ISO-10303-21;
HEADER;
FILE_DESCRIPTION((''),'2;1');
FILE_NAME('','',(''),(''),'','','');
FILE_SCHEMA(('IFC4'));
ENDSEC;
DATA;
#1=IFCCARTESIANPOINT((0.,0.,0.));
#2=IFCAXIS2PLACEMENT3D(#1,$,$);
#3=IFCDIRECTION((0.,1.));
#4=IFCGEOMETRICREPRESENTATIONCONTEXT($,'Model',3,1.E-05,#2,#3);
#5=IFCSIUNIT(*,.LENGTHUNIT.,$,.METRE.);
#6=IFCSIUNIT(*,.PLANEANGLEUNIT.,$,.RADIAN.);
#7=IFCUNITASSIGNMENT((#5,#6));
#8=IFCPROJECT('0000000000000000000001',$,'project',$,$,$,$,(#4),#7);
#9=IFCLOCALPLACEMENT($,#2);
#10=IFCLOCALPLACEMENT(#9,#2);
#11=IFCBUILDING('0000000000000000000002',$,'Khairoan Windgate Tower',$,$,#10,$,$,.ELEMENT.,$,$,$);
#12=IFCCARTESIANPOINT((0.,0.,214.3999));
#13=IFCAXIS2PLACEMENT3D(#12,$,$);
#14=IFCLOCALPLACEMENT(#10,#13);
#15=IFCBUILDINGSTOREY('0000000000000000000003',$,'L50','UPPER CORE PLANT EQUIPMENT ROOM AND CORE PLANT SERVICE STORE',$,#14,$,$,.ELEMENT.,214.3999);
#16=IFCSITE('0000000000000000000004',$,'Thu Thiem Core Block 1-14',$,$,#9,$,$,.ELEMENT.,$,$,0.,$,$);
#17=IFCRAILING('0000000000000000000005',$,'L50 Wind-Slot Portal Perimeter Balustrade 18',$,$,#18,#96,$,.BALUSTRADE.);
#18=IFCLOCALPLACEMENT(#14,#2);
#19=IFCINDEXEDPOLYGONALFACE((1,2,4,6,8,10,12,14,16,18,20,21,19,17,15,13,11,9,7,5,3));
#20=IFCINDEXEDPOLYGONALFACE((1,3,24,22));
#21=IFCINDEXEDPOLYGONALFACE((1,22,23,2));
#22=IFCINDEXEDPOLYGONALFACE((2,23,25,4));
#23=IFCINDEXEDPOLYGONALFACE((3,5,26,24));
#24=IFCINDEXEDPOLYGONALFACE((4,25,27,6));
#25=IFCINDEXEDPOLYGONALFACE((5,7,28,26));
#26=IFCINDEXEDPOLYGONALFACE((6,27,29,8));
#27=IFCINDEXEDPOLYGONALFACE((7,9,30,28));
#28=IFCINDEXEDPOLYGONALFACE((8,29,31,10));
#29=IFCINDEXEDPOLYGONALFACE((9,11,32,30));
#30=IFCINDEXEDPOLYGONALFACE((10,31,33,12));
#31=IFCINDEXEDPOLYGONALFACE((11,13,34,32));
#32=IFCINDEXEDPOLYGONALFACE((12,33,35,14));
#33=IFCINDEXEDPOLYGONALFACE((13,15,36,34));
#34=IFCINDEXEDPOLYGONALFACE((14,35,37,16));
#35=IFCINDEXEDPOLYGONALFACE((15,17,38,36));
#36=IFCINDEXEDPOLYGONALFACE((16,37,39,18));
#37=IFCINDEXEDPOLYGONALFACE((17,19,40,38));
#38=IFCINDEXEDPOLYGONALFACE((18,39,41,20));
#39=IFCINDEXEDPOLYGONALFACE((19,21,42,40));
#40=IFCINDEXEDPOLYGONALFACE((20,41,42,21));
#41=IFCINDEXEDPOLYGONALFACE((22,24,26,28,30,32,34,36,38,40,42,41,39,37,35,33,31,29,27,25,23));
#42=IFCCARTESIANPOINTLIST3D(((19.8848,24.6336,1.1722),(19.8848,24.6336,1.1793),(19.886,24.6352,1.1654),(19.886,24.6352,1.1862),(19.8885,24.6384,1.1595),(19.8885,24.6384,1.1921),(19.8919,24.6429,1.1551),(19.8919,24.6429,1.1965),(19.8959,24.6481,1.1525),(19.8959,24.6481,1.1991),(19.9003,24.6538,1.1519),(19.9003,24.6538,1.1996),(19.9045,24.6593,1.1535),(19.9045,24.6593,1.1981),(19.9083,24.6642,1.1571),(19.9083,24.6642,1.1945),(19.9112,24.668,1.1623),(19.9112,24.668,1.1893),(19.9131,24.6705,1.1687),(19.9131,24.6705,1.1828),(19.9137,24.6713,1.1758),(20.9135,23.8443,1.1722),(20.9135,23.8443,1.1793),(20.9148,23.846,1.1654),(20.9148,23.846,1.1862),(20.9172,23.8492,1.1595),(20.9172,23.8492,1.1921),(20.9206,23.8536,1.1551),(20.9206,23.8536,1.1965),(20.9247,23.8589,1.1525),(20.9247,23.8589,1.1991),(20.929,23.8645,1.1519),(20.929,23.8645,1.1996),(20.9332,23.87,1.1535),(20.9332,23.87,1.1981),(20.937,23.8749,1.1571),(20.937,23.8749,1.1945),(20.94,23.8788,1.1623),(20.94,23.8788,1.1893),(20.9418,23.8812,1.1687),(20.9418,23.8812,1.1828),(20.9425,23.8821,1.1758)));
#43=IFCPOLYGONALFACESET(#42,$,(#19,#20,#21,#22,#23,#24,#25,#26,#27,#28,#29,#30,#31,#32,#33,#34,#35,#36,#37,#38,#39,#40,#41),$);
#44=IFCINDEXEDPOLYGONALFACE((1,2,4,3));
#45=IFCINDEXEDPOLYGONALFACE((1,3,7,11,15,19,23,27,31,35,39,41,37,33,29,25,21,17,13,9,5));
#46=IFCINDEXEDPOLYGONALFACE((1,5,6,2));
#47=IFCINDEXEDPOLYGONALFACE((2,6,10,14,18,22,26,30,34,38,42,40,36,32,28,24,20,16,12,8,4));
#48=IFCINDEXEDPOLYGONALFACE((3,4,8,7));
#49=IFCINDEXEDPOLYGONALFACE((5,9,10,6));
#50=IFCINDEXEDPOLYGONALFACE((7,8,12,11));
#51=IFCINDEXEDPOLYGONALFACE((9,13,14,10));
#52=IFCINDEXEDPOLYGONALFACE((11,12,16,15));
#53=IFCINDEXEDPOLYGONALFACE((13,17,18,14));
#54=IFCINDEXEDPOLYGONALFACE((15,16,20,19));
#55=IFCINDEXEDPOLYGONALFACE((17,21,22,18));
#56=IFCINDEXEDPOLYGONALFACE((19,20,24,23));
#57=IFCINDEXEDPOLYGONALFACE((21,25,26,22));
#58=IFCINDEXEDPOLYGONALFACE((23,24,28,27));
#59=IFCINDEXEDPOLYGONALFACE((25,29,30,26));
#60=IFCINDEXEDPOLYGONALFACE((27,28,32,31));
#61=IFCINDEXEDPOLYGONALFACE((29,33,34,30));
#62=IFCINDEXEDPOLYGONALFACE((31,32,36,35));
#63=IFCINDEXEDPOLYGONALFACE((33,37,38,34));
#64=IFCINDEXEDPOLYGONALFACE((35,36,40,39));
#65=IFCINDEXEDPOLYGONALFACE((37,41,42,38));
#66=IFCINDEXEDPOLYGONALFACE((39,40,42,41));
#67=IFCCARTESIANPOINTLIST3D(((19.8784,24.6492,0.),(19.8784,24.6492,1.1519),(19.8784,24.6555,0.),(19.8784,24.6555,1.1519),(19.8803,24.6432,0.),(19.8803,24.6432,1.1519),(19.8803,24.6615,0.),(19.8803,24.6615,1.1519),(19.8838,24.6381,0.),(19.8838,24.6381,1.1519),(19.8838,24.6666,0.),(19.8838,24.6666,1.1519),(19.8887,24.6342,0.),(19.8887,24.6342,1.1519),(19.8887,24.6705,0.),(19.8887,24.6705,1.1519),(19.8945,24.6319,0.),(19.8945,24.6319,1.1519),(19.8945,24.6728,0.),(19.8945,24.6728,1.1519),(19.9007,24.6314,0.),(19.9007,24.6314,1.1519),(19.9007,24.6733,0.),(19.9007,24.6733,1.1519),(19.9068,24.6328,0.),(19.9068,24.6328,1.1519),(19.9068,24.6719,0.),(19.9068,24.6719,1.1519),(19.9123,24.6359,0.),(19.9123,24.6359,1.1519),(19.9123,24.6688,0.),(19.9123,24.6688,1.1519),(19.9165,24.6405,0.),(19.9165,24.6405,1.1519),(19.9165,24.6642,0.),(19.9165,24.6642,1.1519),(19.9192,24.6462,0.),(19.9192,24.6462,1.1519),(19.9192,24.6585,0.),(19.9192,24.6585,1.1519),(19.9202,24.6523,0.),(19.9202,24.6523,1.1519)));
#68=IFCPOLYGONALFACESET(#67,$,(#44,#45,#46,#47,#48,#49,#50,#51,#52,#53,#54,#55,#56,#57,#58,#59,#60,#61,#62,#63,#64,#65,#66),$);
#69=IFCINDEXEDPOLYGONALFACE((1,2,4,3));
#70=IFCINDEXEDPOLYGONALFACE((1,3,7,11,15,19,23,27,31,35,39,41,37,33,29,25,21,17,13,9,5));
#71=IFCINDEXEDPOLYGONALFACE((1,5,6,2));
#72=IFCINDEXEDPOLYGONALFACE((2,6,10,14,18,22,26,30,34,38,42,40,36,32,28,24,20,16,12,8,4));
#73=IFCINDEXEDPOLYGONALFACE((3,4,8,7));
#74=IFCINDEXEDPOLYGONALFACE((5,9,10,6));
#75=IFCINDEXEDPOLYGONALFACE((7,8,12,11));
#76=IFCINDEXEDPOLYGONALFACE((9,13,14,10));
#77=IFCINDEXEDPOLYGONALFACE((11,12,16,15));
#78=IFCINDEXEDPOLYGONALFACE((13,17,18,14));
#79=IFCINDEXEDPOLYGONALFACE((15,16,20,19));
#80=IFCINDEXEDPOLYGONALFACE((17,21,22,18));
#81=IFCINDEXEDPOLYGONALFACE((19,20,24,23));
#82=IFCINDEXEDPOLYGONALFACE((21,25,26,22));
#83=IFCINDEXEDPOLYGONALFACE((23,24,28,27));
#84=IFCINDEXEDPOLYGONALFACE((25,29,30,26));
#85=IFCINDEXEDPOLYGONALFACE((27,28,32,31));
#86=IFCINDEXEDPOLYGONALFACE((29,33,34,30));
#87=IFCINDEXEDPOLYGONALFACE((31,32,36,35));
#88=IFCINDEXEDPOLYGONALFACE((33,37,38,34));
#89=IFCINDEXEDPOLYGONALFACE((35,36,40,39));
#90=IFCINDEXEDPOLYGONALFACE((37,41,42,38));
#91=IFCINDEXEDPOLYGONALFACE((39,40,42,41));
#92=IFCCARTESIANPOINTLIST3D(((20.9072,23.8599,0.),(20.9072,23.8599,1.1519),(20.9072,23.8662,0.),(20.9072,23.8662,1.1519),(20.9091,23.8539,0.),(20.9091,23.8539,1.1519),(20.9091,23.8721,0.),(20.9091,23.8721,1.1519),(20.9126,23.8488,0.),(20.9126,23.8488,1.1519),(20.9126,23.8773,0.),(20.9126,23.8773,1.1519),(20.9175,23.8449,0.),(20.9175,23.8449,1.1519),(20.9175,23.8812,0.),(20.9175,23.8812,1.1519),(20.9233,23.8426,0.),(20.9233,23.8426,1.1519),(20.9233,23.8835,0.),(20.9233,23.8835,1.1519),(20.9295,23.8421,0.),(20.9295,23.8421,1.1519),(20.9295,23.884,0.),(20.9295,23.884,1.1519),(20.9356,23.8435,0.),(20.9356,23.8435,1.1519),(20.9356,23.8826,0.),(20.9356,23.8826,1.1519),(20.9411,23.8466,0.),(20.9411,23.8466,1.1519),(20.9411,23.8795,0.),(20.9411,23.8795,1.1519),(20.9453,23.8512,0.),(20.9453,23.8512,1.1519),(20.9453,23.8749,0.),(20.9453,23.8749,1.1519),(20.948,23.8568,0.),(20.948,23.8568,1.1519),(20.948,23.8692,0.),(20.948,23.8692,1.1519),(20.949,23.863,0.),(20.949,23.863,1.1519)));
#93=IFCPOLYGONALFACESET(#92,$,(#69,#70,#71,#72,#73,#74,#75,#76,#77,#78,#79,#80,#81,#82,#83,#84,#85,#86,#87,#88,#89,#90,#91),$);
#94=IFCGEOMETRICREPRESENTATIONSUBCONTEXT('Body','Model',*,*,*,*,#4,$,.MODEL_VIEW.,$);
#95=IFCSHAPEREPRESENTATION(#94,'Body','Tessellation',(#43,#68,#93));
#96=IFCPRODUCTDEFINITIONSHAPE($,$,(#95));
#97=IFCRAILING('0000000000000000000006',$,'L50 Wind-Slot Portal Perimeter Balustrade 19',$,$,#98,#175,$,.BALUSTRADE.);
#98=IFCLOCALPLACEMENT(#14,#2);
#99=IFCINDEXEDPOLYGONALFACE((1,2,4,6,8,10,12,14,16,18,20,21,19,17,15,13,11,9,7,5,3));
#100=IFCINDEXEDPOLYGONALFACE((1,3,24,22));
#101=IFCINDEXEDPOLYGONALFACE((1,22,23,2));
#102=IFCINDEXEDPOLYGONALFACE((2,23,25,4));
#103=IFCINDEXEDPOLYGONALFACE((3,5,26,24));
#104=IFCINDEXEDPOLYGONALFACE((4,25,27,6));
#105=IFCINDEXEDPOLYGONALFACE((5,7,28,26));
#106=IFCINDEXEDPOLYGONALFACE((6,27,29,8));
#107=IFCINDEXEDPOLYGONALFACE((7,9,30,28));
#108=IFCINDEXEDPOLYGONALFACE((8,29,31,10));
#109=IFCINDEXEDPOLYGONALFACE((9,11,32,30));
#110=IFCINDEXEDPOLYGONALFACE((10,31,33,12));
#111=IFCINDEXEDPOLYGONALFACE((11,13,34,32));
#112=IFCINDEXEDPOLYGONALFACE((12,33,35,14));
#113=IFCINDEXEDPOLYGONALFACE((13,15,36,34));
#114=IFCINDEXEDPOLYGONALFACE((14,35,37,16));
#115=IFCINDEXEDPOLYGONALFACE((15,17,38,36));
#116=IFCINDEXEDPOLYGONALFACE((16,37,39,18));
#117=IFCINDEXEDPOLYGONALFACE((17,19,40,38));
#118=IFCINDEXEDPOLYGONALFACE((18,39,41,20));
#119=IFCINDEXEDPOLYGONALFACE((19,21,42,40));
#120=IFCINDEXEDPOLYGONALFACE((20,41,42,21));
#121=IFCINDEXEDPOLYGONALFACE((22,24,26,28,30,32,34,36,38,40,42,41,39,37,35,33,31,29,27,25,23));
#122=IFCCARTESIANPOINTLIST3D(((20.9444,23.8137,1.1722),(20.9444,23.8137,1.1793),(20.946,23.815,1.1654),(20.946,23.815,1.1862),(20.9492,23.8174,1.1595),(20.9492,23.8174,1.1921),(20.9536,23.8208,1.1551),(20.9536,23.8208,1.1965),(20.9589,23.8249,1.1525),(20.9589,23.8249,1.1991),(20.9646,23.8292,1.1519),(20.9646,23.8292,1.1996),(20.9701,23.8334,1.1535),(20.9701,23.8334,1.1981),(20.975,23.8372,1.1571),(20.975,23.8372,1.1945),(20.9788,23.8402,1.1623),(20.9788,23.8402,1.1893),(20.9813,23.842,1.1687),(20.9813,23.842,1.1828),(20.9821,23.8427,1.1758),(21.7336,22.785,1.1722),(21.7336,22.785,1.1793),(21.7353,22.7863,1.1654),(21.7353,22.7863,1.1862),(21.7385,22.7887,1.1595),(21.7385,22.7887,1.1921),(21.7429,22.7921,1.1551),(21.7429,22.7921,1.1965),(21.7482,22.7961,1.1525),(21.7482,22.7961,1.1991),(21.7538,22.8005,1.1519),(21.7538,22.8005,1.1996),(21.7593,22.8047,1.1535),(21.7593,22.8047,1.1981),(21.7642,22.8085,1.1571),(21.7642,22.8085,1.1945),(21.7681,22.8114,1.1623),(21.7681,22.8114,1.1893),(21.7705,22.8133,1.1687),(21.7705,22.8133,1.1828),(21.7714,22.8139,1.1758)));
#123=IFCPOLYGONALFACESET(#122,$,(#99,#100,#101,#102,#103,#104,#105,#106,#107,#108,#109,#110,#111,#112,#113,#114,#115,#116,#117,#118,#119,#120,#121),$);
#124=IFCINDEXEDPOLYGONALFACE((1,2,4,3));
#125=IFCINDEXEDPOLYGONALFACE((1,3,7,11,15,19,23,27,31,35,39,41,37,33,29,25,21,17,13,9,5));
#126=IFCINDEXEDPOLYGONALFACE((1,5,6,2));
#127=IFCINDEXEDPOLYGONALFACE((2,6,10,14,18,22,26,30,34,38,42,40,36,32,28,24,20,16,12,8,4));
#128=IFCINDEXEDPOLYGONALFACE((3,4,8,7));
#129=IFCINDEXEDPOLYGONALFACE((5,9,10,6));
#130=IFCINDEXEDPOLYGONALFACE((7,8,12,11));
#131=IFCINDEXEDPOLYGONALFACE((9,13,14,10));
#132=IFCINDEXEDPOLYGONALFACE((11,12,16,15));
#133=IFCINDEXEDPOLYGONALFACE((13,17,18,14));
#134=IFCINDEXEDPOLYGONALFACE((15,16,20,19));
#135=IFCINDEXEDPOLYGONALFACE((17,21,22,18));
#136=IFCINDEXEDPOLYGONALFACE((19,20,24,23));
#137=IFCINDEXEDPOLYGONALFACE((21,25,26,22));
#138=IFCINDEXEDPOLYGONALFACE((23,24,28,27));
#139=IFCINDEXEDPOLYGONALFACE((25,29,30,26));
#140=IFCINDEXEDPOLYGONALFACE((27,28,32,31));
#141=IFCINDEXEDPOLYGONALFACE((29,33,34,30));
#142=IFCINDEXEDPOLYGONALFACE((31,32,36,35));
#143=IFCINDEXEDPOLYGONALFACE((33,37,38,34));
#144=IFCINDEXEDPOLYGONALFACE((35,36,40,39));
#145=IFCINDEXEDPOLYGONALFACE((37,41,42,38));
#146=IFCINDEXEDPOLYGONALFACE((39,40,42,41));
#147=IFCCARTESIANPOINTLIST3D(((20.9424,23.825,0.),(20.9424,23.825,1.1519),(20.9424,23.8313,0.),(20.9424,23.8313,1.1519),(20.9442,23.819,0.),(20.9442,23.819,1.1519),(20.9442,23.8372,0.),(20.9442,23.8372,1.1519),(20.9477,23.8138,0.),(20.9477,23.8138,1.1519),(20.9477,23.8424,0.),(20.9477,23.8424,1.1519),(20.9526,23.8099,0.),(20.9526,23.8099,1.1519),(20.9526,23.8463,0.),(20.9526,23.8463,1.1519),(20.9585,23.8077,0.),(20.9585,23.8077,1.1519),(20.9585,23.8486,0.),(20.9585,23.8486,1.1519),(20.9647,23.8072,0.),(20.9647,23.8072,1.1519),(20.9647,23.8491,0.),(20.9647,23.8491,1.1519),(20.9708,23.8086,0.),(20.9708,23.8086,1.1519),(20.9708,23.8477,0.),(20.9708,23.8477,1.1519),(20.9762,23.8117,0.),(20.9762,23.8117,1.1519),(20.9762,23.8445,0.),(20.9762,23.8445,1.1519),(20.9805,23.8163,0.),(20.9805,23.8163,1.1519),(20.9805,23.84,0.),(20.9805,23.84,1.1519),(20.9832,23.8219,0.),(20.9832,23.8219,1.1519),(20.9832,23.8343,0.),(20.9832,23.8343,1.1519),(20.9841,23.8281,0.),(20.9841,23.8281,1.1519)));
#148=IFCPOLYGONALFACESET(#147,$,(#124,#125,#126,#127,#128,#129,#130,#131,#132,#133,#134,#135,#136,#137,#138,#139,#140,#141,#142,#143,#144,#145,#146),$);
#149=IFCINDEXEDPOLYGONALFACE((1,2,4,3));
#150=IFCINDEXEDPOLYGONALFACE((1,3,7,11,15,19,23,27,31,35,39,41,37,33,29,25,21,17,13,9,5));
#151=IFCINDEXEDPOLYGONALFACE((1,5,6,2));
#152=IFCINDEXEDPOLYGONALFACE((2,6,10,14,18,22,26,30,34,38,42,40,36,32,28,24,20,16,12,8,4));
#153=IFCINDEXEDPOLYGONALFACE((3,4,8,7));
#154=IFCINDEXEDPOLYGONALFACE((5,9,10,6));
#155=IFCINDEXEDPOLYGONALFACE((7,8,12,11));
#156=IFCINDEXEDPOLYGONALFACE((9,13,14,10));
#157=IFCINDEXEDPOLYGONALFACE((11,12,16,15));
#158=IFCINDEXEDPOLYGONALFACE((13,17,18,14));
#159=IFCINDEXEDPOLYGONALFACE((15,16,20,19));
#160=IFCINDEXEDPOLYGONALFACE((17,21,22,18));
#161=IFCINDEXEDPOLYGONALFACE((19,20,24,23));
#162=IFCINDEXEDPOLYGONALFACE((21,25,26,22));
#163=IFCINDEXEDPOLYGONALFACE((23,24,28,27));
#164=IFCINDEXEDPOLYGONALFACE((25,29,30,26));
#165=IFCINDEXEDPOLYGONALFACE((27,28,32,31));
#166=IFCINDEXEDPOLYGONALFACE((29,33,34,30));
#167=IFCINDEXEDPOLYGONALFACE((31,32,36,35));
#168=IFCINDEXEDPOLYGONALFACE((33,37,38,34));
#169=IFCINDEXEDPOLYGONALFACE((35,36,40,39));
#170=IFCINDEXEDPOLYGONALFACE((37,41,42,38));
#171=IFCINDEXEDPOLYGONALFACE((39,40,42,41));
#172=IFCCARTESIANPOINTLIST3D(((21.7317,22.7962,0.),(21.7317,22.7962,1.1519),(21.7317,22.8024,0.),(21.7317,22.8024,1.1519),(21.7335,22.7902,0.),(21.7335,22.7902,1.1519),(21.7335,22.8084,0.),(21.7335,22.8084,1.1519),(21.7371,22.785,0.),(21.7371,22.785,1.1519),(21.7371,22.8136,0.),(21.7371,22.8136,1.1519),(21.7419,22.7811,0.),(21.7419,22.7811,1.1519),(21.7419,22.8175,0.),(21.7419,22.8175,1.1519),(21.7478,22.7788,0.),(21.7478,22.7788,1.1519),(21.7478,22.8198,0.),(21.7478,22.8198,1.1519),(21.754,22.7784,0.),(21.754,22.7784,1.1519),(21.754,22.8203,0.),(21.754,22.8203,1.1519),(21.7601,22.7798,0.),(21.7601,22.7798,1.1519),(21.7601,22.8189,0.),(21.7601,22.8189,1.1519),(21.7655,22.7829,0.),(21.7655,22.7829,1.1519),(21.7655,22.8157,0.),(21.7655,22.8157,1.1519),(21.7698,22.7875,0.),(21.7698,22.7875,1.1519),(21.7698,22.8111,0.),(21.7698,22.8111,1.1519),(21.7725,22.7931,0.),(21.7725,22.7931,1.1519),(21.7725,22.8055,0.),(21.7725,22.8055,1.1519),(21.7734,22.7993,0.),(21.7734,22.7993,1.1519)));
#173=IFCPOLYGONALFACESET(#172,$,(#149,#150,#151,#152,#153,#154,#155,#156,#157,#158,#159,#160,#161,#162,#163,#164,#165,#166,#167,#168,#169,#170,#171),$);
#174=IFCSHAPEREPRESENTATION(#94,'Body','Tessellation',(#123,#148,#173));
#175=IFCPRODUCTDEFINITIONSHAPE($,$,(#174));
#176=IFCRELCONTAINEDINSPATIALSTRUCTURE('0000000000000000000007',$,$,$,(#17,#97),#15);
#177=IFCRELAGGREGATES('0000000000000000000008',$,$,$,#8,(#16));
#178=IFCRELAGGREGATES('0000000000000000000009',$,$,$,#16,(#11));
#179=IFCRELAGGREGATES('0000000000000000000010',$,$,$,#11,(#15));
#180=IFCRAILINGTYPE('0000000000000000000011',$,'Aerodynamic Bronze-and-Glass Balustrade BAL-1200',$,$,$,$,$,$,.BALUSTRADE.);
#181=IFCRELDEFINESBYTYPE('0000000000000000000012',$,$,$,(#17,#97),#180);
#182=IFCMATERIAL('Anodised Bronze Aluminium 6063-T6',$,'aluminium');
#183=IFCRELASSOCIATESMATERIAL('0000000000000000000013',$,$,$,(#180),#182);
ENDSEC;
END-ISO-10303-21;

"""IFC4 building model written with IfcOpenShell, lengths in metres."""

from ifc_helpers import new_model, si_unit, direction, frame, origin, origin_2d, place, context, subcontext, project, spatial, circle, extrude, material, type_object, element, save


model = new_model("IFC4")

# Units and contexts
model_context = context("Model", 3, precision=1e-05, world=origin(), true_north=direction((0.0, 1.0)))
body_context = subcontext(model_context, "Body", "Model", "MODEL_VIEW")
ifc_project = project(units=[si_unit("LENGTHUNIT", "METRE"), si_unit("PLANEANGLEUNIT", "RADIAN")], contexts=[model_context])

# Site, building, storey
site_placement = place(None, origin())
site = spatial("IfcSite", under=ifc_project, at=site_placement, Name="Thu Thiem Core Block 1-14", CompositionType="ELEMENT", RefElevation=0.0)
building_placement = place(site_placement, origin())
building = spatial("IfcBuilding", under=site, at=building_placement, Name="Khairoan Windgate Tower", CompositionType="ELEMENT")
storey_placement = place(building_placement, frame((0.0, 0.0, 214.3999)))
storey = spatial("IfcBuildingStorey", under=building, at=storey_placement, Name="L50", Description="UPPER CORE PLANT EQUIPMENT ROOM AND CORE PLANT SERVICE STORE", CompositionType="ELEMENT", Elevation=214.3999)

# Railings
ifc_material_1 = material(Name="Anodised Bronze Aluminium 6063-T6", Category="aluminium")
railing_type = type_object("IfcRailingType", Name="Aerodynamic Bronze-and-Glass Balustrade BAL-1200", PredefinedType="BALUSTRADE", material=ifc_material_1)
railing_1_placement = place(storey_placement, frame((19.8992, 24.6523, 0.0)))
element("IfcRailing", 1, at=railing_1_placement, inside=storey, type_object=railing_type, Name="L50 Wind-Slot Portal Perimeter Balustrade 18", PredefinedType="BALUSTRADE", context=body_context, shape_type="SweptSolid", body=[
    extrude(circle(Radius=0.0239, at=origin_2d()), frame((0.0, 0.0, 1.1758), z_axis=(0.7934, -0.6087, 0.0), x_axis=(0.6087, 0.7934, 0.0)), (0.0, 0.0, 1.0), 1.2966),
    extrude(circle(Radius=0.021, at=origin_2d()), origin(), (0.0, 0.0, 1.0), 1.1519),
    extrude(circle(Radius=0.021, at=origin_2d()), frame((1.0288, -0.7893, 0.0)), (0.0, 0.0, 1.0), 1.1519),
])
railing_2_placement = place(storey_placement, frame((20.9631, 23.8281, 0.0)))
element("IfcRailing", 2, at=railing_2_placement, inside=storey, type_object=railing_type, Name="L50 Wind-Slot Portal Perimeter Balustrade 19", PredefinedType="BALUSTRADE", context=body_context, shape_type="SweptSolid", body=[
    extrude(circle(Radius=0.0239, at=origin_2d()), frame((0.0, 0.0, 1.1758), z_axis=(0.6087, -0.7934, 0.0), x_axis=(0.7934, 0.6087, 0.0)), (0.0, 0.0, 1.0), 1.2966),
    extrude(circle(Radius=0.021, at=origin_2d()), origin(), (0.0, 0.0, 1.0), 1.1519),
    extrude(circle(Radius=0.021, at=origin_2d()), frame((0.7893, -1.0288, 0.0)), (0.0, 0.0, 1.0), 1.1519),
])

save(model, "model.ifc")
